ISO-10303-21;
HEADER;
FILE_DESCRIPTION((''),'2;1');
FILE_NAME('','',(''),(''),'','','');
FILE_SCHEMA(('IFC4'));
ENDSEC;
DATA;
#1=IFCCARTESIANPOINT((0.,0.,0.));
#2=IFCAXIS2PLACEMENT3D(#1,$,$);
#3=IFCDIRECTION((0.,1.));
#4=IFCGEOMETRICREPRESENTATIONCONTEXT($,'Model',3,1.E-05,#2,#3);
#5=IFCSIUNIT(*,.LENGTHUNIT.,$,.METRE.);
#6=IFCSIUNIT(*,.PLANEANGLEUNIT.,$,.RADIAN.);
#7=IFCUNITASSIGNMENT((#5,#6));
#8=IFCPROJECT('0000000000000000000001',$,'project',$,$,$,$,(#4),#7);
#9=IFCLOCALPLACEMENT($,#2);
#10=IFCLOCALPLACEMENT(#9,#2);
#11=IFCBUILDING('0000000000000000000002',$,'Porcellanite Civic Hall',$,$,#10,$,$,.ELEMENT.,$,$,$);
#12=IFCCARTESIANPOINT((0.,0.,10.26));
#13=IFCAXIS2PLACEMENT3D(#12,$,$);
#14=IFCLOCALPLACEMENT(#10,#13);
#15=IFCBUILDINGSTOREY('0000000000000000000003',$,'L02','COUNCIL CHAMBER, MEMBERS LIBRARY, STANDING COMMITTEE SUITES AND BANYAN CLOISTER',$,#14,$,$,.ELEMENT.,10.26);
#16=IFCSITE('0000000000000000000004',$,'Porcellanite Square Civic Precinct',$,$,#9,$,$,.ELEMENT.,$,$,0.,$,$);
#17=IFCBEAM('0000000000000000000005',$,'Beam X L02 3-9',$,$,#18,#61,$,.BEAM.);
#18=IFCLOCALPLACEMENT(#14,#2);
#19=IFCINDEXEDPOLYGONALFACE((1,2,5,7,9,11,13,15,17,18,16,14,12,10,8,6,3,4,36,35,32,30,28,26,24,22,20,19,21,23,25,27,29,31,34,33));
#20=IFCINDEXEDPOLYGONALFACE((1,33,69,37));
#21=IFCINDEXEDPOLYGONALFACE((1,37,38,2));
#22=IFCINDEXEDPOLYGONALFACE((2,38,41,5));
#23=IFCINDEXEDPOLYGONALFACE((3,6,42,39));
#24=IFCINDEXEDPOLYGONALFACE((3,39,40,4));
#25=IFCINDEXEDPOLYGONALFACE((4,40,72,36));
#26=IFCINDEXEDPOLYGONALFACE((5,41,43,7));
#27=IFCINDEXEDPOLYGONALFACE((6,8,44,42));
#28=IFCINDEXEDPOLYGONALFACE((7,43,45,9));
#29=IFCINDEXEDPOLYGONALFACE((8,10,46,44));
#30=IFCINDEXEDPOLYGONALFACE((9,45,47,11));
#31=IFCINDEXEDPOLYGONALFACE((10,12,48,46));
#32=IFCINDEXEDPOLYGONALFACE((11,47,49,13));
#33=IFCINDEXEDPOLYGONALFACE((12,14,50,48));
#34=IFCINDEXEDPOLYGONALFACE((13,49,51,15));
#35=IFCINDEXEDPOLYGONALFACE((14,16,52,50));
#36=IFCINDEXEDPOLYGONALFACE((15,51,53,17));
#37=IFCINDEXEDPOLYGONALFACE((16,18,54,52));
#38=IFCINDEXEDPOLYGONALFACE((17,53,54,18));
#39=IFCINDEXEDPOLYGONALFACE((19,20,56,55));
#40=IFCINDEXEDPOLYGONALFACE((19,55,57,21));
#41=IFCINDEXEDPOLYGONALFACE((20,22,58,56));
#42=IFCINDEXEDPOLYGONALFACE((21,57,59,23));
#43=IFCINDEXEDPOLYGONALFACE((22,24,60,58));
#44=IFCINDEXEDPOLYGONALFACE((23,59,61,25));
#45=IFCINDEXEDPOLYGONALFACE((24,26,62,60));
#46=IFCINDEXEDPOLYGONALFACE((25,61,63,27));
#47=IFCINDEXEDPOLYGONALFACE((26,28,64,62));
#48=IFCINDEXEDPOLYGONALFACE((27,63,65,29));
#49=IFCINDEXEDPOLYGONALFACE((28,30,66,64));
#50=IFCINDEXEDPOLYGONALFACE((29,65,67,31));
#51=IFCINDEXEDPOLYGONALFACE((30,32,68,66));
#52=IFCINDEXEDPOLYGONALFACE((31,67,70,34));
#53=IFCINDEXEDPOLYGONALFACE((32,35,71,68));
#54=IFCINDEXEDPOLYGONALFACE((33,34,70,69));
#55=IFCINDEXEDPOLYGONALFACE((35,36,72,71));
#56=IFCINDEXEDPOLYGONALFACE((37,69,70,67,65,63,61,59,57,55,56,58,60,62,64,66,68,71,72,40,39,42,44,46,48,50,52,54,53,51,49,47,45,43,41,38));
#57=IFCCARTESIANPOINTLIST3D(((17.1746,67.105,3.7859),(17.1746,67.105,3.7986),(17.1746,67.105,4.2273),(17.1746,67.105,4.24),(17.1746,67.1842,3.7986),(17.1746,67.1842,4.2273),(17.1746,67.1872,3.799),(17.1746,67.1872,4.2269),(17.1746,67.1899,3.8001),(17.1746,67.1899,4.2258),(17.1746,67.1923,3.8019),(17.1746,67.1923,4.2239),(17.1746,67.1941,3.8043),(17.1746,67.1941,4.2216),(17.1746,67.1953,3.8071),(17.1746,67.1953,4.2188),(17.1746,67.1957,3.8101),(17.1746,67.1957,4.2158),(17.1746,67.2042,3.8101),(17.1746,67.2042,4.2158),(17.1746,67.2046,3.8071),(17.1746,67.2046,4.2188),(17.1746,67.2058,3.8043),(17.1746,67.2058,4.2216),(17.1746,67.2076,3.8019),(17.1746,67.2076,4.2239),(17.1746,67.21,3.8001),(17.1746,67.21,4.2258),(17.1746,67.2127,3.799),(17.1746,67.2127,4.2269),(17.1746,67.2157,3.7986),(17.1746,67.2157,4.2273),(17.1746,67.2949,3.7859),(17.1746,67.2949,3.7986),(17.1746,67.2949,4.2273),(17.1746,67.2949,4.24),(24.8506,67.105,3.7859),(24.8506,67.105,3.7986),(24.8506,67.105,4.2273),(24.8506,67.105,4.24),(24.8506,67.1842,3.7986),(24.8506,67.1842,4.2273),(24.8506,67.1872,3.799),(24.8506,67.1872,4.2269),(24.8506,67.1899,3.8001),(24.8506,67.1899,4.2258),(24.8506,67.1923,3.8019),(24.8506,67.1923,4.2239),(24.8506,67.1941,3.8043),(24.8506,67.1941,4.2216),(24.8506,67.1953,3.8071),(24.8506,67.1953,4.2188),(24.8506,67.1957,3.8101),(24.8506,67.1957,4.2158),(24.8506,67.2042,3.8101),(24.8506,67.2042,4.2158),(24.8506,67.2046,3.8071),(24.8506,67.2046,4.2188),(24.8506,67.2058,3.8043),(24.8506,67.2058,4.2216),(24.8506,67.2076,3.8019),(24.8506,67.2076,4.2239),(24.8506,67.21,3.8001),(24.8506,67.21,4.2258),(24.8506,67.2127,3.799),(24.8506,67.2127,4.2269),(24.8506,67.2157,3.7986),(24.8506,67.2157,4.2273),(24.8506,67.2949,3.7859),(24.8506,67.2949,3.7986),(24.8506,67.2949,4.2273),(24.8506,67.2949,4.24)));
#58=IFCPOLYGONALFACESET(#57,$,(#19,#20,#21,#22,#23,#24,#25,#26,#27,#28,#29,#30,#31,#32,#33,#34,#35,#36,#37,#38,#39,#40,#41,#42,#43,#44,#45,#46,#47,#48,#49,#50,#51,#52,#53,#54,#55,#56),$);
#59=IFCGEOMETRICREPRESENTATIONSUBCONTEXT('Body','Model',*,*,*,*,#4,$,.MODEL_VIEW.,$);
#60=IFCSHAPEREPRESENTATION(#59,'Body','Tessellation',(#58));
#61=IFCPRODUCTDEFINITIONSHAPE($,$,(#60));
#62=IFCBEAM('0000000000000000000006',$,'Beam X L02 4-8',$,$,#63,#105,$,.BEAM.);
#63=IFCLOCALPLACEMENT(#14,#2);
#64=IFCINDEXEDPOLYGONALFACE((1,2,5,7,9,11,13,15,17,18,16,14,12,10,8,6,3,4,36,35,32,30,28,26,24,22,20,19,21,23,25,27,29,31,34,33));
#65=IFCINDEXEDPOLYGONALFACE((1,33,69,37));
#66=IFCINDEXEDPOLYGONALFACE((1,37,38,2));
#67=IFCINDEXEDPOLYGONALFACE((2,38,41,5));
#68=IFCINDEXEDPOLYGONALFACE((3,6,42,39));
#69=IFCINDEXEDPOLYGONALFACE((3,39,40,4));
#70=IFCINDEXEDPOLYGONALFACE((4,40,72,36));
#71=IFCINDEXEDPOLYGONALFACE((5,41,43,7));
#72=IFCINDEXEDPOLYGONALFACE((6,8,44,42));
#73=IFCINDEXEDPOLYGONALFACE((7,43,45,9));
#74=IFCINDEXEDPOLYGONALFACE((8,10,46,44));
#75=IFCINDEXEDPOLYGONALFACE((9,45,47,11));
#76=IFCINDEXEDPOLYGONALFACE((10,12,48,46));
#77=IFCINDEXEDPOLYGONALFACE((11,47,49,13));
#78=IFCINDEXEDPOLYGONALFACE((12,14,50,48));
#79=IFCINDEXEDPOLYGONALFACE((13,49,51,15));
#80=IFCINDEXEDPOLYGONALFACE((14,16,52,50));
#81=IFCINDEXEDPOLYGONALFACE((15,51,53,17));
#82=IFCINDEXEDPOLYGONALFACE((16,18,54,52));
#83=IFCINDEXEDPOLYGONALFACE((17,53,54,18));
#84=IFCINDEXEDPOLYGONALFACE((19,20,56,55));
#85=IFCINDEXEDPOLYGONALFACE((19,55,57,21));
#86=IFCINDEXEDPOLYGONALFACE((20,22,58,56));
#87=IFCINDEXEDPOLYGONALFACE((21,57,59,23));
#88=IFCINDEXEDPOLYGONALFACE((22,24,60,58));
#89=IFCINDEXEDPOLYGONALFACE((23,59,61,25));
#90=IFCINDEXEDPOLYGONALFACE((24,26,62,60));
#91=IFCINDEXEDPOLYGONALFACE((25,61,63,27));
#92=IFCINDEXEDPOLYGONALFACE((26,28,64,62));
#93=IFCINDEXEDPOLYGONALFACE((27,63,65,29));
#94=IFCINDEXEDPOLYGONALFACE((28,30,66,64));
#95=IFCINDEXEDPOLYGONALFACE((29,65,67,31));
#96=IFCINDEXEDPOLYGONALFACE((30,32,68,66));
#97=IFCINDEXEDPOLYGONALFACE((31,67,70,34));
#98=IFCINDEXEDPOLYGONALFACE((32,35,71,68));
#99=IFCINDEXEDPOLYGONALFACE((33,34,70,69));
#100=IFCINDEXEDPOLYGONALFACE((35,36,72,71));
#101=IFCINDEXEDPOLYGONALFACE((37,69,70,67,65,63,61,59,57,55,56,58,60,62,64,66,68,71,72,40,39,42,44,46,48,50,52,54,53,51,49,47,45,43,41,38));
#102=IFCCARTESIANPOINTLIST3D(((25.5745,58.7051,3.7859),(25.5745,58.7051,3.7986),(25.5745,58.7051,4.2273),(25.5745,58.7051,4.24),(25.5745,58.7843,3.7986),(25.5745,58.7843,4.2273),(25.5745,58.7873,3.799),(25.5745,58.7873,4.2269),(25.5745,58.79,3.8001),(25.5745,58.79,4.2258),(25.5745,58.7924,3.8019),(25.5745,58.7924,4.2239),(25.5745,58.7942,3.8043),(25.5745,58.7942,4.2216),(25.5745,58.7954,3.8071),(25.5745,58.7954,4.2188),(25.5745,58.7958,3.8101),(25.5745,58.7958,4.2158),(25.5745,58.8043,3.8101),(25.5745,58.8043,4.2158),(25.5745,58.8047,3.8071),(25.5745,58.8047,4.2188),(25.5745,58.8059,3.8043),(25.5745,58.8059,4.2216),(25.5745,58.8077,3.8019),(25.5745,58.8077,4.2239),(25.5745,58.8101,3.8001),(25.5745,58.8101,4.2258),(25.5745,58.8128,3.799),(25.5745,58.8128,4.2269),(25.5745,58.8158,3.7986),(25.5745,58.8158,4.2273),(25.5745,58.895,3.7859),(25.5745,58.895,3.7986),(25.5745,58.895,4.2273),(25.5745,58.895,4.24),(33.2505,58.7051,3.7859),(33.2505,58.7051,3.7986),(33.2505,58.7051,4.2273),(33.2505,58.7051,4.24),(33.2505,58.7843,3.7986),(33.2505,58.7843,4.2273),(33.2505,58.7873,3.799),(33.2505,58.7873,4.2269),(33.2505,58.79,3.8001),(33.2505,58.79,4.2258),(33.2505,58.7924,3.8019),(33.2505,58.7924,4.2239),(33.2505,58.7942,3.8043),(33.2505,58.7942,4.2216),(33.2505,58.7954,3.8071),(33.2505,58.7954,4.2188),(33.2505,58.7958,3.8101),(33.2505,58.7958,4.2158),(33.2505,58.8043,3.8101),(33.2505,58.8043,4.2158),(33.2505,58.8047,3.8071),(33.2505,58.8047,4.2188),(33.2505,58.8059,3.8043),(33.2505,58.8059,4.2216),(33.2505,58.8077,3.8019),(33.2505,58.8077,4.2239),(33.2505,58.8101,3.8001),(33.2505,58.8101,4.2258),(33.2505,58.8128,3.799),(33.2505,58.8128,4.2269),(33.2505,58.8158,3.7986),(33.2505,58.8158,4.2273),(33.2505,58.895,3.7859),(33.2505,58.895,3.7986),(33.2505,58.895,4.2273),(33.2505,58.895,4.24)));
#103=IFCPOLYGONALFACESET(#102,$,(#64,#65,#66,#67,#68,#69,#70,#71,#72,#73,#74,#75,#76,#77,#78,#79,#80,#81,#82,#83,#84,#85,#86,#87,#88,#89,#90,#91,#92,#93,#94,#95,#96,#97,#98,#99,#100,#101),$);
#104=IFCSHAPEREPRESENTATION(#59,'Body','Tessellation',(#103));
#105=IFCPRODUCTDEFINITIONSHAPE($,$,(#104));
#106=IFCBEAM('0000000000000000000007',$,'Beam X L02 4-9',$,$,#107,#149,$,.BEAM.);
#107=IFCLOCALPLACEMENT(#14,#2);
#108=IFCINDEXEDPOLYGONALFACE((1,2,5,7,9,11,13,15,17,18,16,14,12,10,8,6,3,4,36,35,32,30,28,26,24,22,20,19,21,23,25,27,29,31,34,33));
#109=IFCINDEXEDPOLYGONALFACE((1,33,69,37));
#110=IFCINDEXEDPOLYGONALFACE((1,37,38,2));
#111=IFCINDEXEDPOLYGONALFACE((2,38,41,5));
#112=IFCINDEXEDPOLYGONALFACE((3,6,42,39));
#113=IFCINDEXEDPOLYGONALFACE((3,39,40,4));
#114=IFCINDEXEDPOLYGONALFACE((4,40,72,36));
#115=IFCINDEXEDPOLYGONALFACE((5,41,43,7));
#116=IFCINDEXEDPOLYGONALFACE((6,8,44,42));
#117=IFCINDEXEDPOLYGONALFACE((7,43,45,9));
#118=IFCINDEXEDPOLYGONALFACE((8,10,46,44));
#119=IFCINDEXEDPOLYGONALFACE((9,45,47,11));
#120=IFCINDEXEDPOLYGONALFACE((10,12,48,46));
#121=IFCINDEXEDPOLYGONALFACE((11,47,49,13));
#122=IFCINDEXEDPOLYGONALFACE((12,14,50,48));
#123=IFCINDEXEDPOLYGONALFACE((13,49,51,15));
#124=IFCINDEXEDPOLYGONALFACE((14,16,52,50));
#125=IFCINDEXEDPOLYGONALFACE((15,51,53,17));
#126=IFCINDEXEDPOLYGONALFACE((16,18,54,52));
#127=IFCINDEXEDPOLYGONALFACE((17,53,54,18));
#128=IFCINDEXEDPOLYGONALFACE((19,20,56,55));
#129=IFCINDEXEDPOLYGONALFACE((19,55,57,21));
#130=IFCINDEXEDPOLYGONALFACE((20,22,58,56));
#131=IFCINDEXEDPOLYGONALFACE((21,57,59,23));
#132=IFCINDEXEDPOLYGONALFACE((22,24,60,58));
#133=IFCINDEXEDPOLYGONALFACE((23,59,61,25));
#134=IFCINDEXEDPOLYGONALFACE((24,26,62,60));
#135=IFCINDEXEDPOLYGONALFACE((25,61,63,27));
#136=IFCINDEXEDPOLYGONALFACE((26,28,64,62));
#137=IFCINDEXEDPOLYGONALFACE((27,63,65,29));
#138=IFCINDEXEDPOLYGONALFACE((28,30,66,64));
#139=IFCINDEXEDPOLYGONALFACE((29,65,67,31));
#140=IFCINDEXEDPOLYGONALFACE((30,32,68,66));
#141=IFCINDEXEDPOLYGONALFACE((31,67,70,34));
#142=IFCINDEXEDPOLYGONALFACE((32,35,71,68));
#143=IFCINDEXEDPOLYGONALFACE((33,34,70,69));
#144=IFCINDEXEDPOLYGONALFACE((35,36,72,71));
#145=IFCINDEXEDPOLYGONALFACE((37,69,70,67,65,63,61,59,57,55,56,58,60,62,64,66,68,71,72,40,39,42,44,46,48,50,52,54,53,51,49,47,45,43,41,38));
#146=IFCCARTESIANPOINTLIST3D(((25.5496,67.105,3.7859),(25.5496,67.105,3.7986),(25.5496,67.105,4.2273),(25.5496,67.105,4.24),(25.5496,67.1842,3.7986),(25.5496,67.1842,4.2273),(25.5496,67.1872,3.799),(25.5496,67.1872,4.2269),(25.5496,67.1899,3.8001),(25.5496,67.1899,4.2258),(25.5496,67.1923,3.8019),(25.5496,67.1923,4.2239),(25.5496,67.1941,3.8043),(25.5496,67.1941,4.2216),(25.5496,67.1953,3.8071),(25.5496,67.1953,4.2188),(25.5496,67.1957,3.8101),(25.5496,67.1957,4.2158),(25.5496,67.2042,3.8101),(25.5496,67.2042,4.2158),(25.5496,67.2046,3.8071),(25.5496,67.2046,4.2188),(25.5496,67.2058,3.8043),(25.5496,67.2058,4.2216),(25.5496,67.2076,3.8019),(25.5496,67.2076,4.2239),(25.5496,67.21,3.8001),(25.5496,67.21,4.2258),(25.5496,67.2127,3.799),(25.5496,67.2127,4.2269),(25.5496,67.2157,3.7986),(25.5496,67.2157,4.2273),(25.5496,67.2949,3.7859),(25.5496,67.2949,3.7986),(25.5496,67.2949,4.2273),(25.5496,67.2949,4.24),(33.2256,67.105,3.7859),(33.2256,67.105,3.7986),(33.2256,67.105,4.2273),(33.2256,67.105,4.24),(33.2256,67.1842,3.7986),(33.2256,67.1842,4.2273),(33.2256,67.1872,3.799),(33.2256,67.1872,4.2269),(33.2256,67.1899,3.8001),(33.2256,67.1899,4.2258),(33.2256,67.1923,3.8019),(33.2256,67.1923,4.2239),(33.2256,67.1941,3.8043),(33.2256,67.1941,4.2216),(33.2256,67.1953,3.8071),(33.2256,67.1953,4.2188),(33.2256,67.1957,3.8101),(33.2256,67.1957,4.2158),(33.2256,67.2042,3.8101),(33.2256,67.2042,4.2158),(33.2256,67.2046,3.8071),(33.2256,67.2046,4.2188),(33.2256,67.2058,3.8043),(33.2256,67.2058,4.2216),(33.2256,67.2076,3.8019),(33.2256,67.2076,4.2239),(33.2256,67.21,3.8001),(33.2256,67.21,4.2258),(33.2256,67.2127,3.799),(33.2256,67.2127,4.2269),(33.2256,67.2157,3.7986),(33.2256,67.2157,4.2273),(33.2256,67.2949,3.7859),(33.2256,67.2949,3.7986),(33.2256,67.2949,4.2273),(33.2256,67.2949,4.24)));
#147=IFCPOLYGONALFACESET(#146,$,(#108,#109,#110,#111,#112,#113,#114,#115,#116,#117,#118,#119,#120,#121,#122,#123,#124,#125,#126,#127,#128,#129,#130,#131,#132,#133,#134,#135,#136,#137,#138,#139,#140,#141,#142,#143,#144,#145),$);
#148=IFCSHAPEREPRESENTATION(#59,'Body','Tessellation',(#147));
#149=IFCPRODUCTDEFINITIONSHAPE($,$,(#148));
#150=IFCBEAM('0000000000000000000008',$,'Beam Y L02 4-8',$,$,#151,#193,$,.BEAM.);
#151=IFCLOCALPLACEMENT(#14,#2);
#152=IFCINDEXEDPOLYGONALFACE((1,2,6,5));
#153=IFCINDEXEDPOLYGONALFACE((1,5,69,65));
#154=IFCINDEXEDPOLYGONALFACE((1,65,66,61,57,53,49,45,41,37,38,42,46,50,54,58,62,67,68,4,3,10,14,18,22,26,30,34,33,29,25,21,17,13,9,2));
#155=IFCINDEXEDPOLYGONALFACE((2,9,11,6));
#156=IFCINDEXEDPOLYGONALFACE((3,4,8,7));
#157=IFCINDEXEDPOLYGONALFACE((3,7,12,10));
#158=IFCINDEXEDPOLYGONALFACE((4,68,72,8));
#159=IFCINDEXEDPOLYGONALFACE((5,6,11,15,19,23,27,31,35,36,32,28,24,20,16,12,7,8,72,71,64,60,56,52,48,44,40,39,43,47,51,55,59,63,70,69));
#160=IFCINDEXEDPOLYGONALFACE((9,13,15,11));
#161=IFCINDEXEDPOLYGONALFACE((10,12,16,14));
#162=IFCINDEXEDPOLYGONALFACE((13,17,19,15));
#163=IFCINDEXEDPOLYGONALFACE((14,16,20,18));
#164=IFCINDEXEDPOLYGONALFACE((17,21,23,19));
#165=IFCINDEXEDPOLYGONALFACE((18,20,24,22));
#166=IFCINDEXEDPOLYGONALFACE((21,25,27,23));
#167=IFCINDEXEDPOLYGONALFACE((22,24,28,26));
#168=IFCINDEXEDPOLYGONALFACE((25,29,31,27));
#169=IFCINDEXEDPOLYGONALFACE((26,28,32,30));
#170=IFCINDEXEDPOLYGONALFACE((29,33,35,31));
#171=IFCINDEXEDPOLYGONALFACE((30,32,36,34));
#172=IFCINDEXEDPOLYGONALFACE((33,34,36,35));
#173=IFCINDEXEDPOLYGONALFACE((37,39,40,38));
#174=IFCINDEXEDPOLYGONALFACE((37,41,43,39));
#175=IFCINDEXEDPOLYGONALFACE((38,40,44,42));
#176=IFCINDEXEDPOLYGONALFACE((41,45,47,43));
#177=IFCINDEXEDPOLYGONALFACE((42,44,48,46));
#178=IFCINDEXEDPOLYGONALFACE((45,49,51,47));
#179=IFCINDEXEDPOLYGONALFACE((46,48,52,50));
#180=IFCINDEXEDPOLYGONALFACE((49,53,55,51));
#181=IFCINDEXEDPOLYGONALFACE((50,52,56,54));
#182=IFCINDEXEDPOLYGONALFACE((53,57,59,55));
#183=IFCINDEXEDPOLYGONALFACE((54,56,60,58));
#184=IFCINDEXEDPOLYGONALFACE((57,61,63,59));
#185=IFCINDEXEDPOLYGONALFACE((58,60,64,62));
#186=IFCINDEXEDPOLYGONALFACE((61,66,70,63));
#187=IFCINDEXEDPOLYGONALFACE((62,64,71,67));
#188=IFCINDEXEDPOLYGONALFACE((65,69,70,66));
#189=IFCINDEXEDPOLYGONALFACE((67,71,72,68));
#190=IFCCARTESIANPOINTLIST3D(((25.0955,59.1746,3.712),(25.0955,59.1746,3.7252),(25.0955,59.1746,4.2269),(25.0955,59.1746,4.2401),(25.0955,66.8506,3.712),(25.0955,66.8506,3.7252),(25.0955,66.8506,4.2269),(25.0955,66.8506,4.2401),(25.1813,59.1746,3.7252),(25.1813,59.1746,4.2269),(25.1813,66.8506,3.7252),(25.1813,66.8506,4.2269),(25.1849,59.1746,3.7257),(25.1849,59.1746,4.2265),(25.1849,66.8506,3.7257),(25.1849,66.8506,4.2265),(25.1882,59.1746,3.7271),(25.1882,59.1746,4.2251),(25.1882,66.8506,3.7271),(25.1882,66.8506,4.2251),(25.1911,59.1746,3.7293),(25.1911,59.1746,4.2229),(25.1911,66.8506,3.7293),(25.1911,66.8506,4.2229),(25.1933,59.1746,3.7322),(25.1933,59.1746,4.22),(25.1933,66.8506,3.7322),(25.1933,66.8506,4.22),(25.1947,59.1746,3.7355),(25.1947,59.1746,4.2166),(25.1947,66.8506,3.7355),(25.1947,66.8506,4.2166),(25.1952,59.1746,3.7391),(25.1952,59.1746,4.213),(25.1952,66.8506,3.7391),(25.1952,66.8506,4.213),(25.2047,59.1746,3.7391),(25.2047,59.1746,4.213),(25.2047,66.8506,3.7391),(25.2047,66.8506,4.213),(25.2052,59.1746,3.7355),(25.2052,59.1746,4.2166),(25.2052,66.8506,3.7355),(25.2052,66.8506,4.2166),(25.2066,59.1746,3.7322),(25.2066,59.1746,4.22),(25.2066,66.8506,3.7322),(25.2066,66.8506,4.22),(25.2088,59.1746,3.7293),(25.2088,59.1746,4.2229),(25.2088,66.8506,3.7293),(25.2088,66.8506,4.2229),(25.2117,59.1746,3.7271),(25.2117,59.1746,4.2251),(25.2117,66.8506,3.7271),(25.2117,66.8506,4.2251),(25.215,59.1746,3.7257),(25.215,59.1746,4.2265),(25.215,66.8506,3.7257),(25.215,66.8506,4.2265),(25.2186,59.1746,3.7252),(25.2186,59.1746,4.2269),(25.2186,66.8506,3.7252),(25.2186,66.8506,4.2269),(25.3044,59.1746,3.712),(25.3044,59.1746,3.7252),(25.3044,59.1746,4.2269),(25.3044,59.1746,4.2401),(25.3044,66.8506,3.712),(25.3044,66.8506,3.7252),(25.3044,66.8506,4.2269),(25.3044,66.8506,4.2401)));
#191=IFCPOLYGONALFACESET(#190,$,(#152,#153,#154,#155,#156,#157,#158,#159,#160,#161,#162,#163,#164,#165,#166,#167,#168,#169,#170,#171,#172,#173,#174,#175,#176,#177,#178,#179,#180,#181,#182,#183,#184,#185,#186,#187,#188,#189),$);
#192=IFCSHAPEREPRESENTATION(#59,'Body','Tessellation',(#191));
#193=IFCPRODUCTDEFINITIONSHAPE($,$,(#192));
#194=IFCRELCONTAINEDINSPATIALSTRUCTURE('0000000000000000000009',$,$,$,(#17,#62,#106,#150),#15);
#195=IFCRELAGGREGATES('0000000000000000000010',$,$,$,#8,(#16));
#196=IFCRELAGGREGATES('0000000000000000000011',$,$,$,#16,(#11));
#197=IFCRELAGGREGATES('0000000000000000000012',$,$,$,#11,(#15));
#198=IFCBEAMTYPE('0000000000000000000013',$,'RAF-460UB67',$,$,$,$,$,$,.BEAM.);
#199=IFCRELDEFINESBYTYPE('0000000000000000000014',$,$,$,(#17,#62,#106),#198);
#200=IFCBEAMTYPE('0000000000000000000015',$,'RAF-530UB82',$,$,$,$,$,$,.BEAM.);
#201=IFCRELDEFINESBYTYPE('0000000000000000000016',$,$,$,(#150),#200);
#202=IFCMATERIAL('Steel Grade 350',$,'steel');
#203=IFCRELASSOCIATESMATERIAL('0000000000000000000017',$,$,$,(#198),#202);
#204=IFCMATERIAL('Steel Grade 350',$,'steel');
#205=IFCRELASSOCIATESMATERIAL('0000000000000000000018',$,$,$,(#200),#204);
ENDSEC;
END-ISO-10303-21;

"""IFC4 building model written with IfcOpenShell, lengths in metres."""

from ifc_helpers import new_model, si_unit, direction, frame, origin, origin_2d, place, context, subcontext, project, spatial, i_section, extrude, material, material_profile, profile_set, type_object, element, save


model = new_model("IFC4")

# Units and contexts
model_context = context("Model", 3, precision=1e-05, world=origin(), true_north=direction((0.0, 1.0)))
body_context = subcontext(model_context, "Body", "Model", "MODEL_VIEW")
ifc_project = project(units=[si_unit("LENGTHUNIT", "METRE"), si_unit("PLANEANGLEUNIT", "RADIAN")], contexts=[model_context])

# Site, building, storey
site_placement = place(None, origin())
site = spatial("IfcSite", under=ifc_project, at=site_placement, Name="Porcellanite Square Civic Precinct", CompositionType="ELEMENT", RefElevation=0.0)
building_placement = place(site_placement, origin())
building = spatial("IfcBuilding", under=site, at=building_placement, Name="Porcellanite Civic Hall", CompositionType="ELEMENT")
storey_placement = place(building_placement, frame((0.0, 0.0, 10.26)))
storey = spatial("IfcBuildingStorey", under=building, at=storey_placement, Name="L02", Description="COUNCIL CHAMBER, MEMBERS LIBRARY, STANDING COMMITTEE SUITES AND BANYAN CLOISTER", CompositionType="ELEMENT", Elevation=10.26)

# Beams
ifc_material_1 = material(Name="Steel Grade 350", Category="steel")
ifc_material_profile_1 = material_profile(ifc_material_1, i_section(OverallWidth=0.1899, OverallDepth=0.4541, WebThickness=0.0085, FlangeThickness=0.0127, FilletRadius=0.0115, at=origin_2d()), Name="460UB67.1")
ifc_profile_set_1 = profile_set([ifc_material_profile_1], Name="Steel Grade 350")
beam_type_1 = type_object("IfcBeamType", Name="RAF-460UB67", PredefinedType="BEAM", material=ifc_profile_set_1)
for number, where, z_axis, x_axis, name in (
    (1, (17.1746, 67.2, 4.0129), (1.0, 0.0, 0.0), (0.0, 1.0, 0.0), "Beam X L02 3-9"),
    (2, (25.5745, 58.8, 4.0129), (1.0, 0.0, 0.0), (0.0, 1.0, 0.0), "Beam X L02 4-8"),
    (3, (25.5496, 67.2, 4.0129), (1.0, 0.0, 0.0), (0.0, 1.0, 0.0), "Beam X L02 4-9"),
):
    element("IfcBeam", number, at=place(storey_placement, frame(where, z_axis=z_axis, x_axis=x_axis)), inside=storey, type_object=beam_type_1, Name=name, PredefinedType="BEAM", context=body_context, shape_type="SweptSolid", body=[
        extrude(i_section(OverallWidth=0.1899, OverallDepth=0.4541, WebThickness=0.0085, FlangeThickness=0.0127, FilletRadius=0.0115, at=origin_2d()), origin(), (0.0, 0.0, 1.0), 7.676),
    ])
ifc_material_2 = material(Name="Steel Grade 350", Category="steel")
ifc_material_profile_2 = material_profile(ifc_material_2, i_section(OverallWidth=0.209, OverallDepth=0.5281, WebThickness=0.0095, FlangeThickness=0.0132, FilletRadius=0.0139, at=origin_2d()), Name="530UB82.0")
ifc_profile_set_2 = profile_set([ifc_material_profile_2], Name="Steel Grade 350")
beam_type_2 = type_object("IfcBeamType", Name="RAF-530UB82", PredefinedType="BEAM", material=ifc_profile_set_2)
for number, where, z_axis, x_axis, name in (
    (4, (25.2, 59.1746, 3.9761), (0.0, 1.0, 0.0), (-1.0, 0.0, 0.0), "Beam Y L02 4-8"),
):
    element("IfcBeam", number, at=place(storey_placement, frame(where, z_axis=z_axis, x_axis=x_axis)), inside=storey, type_object=beam_type_2, Name=name, PredefinedType="BEAM", context=body_context, shape_type="SweptSolid", body=[
        extrude(i_section(OverallWidth=0.209, OverallDepth=0.5281, WebThickness=0.0095, FlangeThickness=0.0132, FilletRadius=0.0139, at=origin_2d()), origin(), (0.0, 0.0, 1.0), 7.676),
    ])

save(model, "model.ifc")
